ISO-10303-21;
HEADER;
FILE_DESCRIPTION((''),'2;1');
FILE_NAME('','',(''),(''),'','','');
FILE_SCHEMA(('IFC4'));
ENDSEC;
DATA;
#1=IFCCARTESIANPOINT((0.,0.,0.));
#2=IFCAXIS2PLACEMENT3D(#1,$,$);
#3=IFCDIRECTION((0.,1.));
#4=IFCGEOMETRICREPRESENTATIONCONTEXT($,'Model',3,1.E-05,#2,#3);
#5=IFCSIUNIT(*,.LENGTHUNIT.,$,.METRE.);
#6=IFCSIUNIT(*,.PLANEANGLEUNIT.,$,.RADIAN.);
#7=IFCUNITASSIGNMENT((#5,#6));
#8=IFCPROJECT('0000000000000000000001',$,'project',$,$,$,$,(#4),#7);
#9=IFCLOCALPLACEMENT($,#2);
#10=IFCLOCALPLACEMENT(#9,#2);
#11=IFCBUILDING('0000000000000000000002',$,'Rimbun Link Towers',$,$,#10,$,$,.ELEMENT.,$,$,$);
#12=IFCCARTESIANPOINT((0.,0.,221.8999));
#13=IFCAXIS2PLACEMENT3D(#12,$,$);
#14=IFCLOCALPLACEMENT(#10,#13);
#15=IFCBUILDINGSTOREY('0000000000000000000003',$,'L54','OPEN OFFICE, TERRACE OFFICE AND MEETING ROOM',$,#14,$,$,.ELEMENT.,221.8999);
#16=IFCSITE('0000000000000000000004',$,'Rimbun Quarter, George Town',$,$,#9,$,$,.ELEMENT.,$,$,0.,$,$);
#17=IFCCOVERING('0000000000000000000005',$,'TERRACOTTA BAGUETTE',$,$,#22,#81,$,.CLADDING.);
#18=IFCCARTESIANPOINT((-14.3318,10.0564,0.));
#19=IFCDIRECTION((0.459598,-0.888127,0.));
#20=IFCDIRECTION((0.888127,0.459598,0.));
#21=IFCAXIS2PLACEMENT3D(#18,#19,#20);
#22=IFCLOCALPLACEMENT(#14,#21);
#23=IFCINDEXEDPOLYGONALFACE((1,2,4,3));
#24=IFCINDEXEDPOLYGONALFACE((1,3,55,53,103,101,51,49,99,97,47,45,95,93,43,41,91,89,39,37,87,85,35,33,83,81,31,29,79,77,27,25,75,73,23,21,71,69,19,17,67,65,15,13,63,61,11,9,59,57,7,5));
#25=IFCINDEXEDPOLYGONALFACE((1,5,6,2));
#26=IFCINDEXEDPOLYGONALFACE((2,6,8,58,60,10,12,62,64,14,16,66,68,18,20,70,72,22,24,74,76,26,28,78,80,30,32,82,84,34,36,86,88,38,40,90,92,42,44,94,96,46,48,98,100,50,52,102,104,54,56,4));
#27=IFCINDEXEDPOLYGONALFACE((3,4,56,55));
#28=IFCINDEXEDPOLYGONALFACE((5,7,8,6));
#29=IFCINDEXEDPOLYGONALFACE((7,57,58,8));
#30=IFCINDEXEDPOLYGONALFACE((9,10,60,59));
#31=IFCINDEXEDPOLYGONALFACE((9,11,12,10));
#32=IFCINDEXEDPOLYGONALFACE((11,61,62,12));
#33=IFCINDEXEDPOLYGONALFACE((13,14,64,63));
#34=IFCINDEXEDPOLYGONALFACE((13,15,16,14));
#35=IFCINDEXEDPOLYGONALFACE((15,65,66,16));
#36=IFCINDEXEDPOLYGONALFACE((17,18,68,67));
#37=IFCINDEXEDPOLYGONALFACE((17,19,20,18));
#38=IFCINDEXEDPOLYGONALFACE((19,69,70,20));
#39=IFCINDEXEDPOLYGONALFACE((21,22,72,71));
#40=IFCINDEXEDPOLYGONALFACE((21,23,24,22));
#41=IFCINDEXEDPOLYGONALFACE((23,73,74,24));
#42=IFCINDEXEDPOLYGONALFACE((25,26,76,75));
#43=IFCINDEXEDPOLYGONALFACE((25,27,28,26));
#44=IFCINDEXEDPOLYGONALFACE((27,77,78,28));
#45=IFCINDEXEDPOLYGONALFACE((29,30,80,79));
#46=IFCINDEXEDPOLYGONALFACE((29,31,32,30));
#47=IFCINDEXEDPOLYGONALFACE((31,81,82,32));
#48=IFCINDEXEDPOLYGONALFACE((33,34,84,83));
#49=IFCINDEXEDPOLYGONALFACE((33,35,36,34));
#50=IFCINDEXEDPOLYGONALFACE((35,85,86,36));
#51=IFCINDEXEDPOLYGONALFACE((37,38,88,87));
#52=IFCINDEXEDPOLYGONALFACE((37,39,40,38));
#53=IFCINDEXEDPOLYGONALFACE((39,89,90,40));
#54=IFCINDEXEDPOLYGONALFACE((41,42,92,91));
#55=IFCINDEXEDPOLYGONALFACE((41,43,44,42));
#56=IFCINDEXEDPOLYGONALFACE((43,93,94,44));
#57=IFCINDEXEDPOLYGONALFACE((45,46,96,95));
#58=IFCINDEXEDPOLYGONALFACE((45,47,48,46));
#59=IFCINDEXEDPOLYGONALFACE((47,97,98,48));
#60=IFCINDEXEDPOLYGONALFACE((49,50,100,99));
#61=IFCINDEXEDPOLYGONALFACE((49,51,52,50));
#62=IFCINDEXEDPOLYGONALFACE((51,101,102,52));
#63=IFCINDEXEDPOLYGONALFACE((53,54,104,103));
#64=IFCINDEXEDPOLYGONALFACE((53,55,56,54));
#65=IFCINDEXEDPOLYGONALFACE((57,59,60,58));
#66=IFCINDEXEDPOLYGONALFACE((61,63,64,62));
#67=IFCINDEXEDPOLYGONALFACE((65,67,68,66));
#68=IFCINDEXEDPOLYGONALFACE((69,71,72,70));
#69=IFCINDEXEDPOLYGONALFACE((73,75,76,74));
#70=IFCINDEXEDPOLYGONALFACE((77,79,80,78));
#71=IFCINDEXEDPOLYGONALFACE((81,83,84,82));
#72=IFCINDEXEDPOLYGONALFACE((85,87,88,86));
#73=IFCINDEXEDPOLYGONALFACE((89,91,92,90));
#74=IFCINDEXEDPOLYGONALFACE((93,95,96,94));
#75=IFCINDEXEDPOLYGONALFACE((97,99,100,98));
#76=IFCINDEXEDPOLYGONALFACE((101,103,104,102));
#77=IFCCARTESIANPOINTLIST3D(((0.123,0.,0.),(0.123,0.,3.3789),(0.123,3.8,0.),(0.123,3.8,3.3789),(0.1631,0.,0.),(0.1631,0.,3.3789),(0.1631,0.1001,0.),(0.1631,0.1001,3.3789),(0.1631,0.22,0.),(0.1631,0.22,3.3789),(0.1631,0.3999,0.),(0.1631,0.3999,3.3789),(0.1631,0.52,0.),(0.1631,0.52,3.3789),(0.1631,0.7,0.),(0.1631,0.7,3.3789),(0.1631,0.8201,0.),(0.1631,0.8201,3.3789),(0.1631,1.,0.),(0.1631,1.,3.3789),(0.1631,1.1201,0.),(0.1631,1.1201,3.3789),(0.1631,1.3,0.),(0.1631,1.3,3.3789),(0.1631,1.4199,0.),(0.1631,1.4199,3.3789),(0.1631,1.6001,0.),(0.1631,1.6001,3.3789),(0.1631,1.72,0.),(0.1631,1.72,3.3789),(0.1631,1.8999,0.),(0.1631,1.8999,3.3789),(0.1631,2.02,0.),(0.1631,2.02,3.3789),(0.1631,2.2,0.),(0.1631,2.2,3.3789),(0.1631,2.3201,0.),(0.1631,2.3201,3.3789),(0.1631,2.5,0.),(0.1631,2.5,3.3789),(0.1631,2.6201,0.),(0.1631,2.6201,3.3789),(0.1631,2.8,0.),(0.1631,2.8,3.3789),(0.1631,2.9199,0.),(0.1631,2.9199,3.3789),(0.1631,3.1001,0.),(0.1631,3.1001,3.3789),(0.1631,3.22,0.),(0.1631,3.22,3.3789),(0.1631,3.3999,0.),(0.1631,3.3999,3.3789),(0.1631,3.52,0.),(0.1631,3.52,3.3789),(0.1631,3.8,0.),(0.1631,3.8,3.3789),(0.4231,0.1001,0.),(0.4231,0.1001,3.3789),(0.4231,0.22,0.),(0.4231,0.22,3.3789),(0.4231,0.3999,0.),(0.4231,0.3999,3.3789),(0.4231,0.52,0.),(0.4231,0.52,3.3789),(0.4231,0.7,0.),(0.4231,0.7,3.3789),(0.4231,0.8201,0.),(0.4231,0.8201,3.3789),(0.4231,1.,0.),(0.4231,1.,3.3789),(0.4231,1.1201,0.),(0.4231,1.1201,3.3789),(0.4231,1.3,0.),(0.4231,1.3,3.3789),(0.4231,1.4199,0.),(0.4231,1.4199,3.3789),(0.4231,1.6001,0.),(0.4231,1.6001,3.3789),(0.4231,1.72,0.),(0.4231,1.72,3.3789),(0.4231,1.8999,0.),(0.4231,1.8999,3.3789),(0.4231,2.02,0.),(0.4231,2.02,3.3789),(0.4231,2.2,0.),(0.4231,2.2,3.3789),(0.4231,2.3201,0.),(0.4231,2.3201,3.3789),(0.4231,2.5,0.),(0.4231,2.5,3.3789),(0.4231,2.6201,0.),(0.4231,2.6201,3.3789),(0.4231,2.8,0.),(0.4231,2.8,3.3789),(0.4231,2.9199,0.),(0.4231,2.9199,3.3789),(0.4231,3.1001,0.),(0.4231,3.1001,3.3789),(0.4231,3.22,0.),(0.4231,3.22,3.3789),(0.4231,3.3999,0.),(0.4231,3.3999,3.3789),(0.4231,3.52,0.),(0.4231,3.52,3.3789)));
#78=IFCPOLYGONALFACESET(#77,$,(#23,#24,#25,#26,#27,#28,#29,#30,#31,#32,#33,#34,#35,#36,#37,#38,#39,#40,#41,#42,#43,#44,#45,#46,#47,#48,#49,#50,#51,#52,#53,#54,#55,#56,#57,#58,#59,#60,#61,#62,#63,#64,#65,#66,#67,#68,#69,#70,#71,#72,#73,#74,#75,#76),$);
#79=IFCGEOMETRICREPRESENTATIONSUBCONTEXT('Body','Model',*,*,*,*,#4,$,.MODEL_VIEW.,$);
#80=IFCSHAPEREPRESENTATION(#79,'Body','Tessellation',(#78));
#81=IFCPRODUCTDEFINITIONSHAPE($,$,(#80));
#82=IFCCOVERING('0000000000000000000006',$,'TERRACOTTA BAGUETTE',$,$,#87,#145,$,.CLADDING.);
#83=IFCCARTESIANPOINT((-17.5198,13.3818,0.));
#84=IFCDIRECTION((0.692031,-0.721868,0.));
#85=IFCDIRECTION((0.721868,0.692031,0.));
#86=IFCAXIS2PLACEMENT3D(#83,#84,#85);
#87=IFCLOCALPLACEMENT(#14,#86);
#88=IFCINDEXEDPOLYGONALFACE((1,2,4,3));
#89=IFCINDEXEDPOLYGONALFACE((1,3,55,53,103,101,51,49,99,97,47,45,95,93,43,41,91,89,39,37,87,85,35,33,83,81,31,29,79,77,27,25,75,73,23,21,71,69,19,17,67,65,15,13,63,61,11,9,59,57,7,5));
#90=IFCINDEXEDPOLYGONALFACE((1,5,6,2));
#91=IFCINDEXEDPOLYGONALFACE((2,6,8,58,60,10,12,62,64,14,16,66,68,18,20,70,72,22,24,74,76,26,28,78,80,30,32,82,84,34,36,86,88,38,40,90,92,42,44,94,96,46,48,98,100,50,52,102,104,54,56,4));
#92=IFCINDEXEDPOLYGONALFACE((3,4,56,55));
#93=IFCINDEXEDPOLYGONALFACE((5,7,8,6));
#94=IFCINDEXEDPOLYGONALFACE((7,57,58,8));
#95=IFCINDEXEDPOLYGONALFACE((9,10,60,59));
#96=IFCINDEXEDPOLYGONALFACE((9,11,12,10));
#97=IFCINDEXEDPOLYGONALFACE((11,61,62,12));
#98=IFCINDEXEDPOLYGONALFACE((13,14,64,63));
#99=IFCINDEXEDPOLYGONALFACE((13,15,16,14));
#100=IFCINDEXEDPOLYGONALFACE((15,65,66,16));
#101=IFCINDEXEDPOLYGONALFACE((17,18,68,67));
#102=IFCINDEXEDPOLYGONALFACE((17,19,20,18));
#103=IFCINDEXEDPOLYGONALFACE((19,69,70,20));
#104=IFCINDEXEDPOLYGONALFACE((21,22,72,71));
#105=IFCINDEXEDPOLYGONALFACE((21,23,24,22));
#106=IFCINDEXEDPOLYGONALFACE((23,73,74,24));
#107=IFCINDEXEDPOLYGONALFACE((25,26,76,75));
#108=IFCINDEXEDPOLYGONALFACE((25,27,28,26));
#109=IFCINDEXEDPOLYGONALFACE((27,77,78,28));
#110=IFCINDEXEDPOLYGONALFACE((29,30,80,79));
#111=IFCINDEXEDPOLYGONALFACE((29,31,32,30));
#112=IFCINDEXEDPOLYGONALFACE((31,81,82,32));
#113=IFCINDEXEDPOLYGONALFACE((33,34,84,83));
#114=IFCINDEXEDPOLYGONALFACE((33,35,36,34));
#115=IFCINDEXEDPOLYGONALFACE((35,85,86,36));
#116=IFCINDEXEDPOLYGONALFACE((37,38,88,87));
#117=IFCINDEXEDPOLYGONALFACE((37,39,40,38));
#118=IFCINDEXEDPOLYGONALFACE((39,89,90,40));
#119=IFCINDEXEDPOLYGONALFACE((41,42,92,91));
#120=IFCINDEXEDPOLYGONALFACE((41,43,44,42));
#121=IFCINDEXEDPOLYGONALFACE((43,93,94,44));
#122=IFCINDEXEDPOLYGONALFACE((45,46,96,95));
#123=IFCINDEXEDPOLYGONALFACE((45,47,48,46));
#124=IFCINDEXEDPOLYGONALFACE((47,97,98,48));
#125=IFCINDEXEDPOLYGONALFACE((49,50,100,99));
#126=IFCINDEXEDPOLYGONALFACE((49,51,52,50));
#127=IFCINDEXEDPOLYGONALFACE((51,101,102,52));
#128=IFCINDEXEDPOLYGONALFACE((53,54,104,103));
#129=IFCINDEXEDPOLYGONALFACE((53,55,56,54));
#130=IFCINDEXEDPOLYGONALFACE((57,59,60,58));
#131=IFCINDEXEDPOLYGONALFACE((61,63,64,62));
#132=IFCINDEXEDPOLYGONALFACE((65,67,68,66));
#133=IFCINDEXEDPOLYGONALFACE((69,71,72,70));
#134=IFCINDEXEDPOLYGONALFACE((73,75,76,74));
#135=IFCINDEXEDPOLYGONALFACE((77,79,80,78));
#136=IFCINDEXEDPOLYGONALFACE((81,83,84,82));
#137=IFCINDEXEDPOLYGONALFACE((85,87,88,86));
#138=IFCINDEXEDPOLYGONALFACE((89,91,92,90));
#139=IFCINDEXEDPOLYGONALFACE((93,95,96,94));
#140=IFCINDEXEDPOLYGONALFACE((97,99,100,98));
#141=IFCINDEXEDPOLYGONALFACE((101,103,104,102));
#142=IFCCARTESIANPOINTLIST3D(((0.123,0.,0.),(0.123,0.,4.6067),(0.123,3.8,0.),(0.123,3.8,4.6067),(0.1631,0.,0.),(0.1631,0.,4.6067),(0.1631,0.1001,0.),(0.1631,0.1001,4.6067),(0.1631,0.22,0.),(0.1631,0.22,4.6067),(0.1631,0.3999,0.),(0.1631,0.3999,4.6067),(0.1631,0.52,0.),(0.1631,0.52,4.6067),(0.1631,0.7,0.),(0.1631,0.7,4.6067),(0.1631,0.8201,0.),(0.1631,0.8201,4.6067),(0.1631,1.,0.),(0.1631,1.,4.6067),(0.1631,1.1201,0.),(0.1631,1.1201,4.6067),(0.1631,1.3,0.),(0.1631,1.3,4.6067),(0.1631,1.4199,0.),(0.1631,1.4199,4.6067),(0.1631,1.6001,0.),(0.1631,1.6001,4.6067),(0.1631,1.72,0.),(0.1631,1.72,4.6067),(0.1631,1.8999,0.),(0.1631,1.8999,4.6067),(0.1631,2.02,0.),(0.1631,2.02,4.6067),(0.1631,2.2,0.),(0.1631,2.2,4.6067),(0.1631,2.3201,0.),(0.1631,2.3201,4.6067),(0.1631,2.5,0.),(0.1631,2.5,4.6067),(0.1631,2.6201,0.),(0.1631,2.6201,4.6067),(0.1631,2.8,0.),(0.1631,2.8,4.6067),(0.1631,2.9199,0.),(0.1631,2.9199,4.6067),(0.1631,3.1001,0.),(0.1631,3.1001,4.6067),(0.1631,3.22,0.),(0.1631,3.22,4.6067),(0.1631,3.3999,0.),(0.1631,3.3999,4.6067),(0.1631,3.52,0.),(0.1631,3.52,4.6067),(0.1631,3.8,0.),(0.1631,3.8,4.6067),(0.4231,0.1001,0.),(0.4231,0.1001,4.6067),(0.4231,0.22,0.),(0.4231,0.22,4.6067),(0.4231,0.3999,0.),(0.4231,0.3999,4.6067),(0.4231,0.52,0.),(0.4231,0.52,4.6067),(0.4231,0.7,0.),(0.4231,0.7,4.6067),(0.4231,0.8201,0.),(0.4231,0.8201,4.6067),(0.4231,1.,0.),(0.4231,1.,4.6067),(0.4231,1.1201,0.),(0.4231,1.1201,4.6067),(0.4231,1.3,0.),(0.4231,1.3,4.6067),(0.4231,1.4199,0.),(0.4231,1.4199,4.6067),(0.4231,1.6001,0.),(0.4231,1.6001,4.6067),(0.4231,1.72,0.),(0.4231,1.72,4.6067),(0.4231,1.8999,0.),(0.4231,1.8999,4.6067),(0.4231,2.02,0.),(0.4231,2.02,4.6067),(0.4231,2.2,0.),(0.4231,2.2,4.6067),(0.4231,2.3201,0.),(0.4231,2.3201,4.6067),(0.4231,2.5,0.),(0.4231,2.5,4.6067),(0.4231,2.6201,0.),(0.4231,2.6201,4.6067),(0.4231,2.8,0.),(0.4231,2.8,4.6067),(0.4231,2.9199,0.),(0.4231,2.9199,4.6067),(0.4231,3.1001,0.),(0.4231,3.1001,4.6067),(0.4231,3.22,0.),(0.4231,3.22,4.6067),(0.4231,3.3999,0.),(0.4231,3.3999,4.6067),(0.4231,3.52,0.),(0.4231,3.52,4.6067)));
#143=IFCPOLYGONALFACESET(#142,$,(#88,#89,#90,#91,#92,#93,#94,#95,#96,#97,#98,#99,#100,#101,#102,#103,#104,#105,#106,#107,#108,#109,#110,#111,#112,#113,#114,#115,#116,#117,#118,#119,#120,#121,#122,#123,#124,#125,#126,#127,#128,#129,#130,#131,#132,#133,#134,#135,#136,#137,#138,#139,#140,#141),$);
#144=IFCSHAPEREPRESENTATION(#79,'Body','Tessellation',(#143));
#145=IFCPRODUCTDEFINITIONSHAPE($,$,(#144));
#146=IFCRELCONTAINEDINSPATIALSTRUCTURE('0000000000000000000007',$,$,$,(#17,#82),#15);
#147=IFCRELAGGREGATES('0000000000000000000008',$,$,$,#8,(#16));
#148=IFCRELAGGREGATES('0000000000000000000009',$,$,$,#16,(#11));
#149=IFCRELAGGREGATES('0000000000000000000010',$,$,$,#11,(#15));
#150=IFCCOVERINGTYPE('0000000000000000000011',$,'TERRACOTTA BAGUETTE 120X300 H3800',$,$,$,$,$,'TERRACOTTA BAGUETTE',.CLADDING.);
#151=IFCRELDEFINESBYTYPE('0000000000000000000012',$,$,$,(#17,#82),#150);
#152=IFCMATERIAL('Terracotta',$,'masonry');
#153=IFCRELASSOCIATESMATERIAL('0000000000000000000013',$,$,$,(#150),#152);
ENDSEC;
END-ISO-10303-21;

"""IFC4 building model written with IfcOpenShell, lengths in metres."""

from ifc_helpers import new_model, si_unit, direction, frame, origin, place, context, subcontext, project, spatial, polyline, outline, extrude, material, material_profile, profile_set, type_object, element, save


model = new_model("IFC4")

# Units and contexts
model_context = context("Model", 3, precision=1e-05, world=origin(), true_north=direction((0.0, 1.0)))
body_context = subcontext(model_context, "Body", "Model", "MODEL_VIEW")
ifc_project = project(units=[si_unit("LENGTHUNIT", "METRE"), si_unit("PLANEANGLEUNIT", "RADIAN")], contexts=[model_context])

# Site, building, storey
site_placement = place(None, origin())
site = spatial("IfcSite", under=ifc_project, at=site_placement, Name="Rimbun Quarter, George Town", CompositionType="ELEMENT", RefElevation=0.0)
building_placement = place(site_placement, origin())
building = spatial("IfcBuilding", under=site, at=building_placement, Name="Rimbun Link Towers", CompositionType="ELEMENT")
storey_placement = place(building_placement, frame((0.0, 0.0, 221.8999)))
storey = spatial("IfcBuildingStorey", under=building, at=storey_placement, Name="L54", Description="OPEN OFFICE, TERRACE OFFICE AND MEETING ROOM", CompositionType="ELEMENT", Elevation=221.8999)

# Coverings
ifc_material_1 = material(Name="Terracotta", Category="masonry")
ifc_material_profile_1 = material_profile(ifc_material_1, outline(polyline([(0.123, 0.0), (0.1631, 0.0), (0.1631, 0.1001), (0.4231, 0.1001), (0.4231, 0.22), (0.1631, 0.22), (0.1631, 0.3999), (0.4231, 0.3999), (0.4231, 0.52), (0.1631, 0.52), (0.1631, 0.7), (0.4231, 0.7), (0.4231, 0.8201), (0.1631, 0.8201), (0.1631, 1.0), (0.4231, 1.0), (0.4231, 1.1201), (0.1631, 1.1201), (0.1631, 1.3), (0.4231, 1.3), (0.4231, 1.4199), (0.1631, 1.4199), (0.1631, 1.6001), (0.4231, 1.6001), (0.4231, 1.72), (0.1631, 1.72), (0.1631, 1.8999), (0.4231, 1.8999), (0.4231, 2.02), (0.1631, 2.02), (0.1631, 2.2), (0.4231, 2.2), (0.4231, 2.3201), (0.1631, 2.3201), (0.1631, 2.5), (0.4231, 2.5), (0.4231, 2.6201), (0.1631, 2.6201), (0.1631, 2.8), (0.4231, 2.8), (0.4231, 2.9199), (0.1631, 2.9199), (0.1631, 3.1001), (0.4231, 3.1001), (0.4231, 3.22), (0.1631, 3.22), (0.1631, 3.3999), (0.4231, 3.3999), (0.4231, 3.52), (0.1631, 3.52), (0.1631, 3.8), (0.123, 3.8), (0.123, 0.0)])), Name="BAGUETTE 120X300")
ifc_profile_set_1 = profile_set([ifc_material_profile_1], Name="Terracotta")
covering_type = type_object("IfcCoveringType", Name="TERRACOTTA BAGUETTE 120X300 H3800", ElementType="TERRACOTTA BAGUETTE", PredefinedType="CLADDING", material=ifc_profile_set_1)
covering_1_placement = place(storey_placement, frame((-14.3318, 10.0564, 0.0), z_axis=(0.459598, -0.888127, 0.0), x_axis=(0.888127, 0.459598, 0.0)))
element("IfcCovering", 1, at=covering_1_placement, inside=storey, type_object=covering_type, Name="TERRACOTTA BAGUETTE", PredefinedType="CLADDING", context=body_context, shape_type="SweptSolid", body=[
    extrude(outline(polyline([(0.123, 0.0), (0.1631, 0.0), (0.1631, 0.1001), (0.4231, 0.1001), (0.4231, 0.22), (0.1631, 0.22), (0.1631, 0.3999), (0.4231, 0.3999), (0.4231, 0.52), (0.1631, 0.52), (0.1631, 0.7), (0.4231, 0.7), (0.4231, 0.8201), (0.1631, 0.8201), (0.1631, 1.0), (0.4231, 1.0), (0.4231, 1.1201), (0.1631, 1.1201), (0.1631, 1.3), (0.4231, 1.3), (0.4231, 1.4199), (0.1631, 1.4199), (0.1631, 1.6001), (0.4231, 1.6001), (0.4231, 1.72), (0.1631, 1.72), (0.1631, 1.8999), (0.4231, 1.8999), (0.4231, 2.02), (0.1631, 2.02), (0.1631, 2.2), (0.4231, 2.2), (0.4231, 2.3201), (0.1631, 2.3201), (0.1631, 2.5), (0.4231, 2.5), (0.4231, 2.6201), (0.1631, 2.6201), (0.1631, 2.8), (0.4231, 2.8), (0.4231, 2.9199), (0.1631, 2.9199), (0.1631, 3.1001), (0.4231, 3.1001), (0.4231, 3.22), (0.1631, 3.22), (0.1631, 3.3999), (0.4231, 3.3999), (0.4231, 3.52), (0.1631, 3.52), (0.1631, 3.8), (0.123, 3.8), (0.123, 0.0)])), origin(), (0.0, 0.0, 1.0), 3.3789),
])
covering_2_placement = place(storey_placement, frame((-17.5198, 13.3818, 0.0), z_axis=(0.692031, -0.721868, 0.0), x_axis=(0.721868, 0.692031, 0.0)))
element("IfcCovering", 2, at=covering_2_placement, inside=storey, type_object=covering_type, Name="TERRACOTTA BAGUETTE", PredefinedType="CLADDING", context=body_context, shape_type="SweptSolid", body=[
    extrude(outline(polyline([(0.123, 0.0), (0.1631, 0.0), (0.1631, 0.1001), (0.4231, 0.1001), (0.4231, 0.22), (0.1631, 0.22), (0.1631, 0.3999), (0.4231, 0.3999), (0.4231, 0.52), (0.1631, 0.52), (0.1631, 0.7), (0.4231, 0.7), (0.4231, 0.8201), (0.1631, 0.8201), (0.1631, 1.0), (0.4231, 1.0), (0.4231, 1.1201), (0.1631, 1.1201), (0.1631, 1.3), (0.4231, 1.3), (0.4231, 1.4199), (0.1631, 1.4199), (0.1631, 1.6001), (0.4231, 1.6001), (0.4231, 1.72), (0.1631, 1.72), (0.1631, 1.8999), (0.4231, 1.8999), (0.4231, 2.02), (0.1631, 2.02), (0.1631, 2.2), (0.4231, 2.2), (0.4231, 2.3201), (0.1631, 2.3201), (0.1631, 2.5), (0.4231, 2.5), (0.4231, 2.6201), (0.1631, 2.6201), (0.1631, 2.8), (0.4231, 2.8), (0.4231, 2.9199), (0.1631, 2.9199), (0.1631, 3.1001), (0.4231, 3.1001), (0.4231, 3.22), (0.1631, 3.22), (0.1631, 3.3999), (0.4231, 3.3999), (0.4231, 3.52), (0.1631, 3.52), (0.1631, 3.8), (0.123, 3.8), (0.123, 0.0)])), origin(), (0.0, 0.0, 1.0), 4.6067),
])

save(model, "model.ifc")
